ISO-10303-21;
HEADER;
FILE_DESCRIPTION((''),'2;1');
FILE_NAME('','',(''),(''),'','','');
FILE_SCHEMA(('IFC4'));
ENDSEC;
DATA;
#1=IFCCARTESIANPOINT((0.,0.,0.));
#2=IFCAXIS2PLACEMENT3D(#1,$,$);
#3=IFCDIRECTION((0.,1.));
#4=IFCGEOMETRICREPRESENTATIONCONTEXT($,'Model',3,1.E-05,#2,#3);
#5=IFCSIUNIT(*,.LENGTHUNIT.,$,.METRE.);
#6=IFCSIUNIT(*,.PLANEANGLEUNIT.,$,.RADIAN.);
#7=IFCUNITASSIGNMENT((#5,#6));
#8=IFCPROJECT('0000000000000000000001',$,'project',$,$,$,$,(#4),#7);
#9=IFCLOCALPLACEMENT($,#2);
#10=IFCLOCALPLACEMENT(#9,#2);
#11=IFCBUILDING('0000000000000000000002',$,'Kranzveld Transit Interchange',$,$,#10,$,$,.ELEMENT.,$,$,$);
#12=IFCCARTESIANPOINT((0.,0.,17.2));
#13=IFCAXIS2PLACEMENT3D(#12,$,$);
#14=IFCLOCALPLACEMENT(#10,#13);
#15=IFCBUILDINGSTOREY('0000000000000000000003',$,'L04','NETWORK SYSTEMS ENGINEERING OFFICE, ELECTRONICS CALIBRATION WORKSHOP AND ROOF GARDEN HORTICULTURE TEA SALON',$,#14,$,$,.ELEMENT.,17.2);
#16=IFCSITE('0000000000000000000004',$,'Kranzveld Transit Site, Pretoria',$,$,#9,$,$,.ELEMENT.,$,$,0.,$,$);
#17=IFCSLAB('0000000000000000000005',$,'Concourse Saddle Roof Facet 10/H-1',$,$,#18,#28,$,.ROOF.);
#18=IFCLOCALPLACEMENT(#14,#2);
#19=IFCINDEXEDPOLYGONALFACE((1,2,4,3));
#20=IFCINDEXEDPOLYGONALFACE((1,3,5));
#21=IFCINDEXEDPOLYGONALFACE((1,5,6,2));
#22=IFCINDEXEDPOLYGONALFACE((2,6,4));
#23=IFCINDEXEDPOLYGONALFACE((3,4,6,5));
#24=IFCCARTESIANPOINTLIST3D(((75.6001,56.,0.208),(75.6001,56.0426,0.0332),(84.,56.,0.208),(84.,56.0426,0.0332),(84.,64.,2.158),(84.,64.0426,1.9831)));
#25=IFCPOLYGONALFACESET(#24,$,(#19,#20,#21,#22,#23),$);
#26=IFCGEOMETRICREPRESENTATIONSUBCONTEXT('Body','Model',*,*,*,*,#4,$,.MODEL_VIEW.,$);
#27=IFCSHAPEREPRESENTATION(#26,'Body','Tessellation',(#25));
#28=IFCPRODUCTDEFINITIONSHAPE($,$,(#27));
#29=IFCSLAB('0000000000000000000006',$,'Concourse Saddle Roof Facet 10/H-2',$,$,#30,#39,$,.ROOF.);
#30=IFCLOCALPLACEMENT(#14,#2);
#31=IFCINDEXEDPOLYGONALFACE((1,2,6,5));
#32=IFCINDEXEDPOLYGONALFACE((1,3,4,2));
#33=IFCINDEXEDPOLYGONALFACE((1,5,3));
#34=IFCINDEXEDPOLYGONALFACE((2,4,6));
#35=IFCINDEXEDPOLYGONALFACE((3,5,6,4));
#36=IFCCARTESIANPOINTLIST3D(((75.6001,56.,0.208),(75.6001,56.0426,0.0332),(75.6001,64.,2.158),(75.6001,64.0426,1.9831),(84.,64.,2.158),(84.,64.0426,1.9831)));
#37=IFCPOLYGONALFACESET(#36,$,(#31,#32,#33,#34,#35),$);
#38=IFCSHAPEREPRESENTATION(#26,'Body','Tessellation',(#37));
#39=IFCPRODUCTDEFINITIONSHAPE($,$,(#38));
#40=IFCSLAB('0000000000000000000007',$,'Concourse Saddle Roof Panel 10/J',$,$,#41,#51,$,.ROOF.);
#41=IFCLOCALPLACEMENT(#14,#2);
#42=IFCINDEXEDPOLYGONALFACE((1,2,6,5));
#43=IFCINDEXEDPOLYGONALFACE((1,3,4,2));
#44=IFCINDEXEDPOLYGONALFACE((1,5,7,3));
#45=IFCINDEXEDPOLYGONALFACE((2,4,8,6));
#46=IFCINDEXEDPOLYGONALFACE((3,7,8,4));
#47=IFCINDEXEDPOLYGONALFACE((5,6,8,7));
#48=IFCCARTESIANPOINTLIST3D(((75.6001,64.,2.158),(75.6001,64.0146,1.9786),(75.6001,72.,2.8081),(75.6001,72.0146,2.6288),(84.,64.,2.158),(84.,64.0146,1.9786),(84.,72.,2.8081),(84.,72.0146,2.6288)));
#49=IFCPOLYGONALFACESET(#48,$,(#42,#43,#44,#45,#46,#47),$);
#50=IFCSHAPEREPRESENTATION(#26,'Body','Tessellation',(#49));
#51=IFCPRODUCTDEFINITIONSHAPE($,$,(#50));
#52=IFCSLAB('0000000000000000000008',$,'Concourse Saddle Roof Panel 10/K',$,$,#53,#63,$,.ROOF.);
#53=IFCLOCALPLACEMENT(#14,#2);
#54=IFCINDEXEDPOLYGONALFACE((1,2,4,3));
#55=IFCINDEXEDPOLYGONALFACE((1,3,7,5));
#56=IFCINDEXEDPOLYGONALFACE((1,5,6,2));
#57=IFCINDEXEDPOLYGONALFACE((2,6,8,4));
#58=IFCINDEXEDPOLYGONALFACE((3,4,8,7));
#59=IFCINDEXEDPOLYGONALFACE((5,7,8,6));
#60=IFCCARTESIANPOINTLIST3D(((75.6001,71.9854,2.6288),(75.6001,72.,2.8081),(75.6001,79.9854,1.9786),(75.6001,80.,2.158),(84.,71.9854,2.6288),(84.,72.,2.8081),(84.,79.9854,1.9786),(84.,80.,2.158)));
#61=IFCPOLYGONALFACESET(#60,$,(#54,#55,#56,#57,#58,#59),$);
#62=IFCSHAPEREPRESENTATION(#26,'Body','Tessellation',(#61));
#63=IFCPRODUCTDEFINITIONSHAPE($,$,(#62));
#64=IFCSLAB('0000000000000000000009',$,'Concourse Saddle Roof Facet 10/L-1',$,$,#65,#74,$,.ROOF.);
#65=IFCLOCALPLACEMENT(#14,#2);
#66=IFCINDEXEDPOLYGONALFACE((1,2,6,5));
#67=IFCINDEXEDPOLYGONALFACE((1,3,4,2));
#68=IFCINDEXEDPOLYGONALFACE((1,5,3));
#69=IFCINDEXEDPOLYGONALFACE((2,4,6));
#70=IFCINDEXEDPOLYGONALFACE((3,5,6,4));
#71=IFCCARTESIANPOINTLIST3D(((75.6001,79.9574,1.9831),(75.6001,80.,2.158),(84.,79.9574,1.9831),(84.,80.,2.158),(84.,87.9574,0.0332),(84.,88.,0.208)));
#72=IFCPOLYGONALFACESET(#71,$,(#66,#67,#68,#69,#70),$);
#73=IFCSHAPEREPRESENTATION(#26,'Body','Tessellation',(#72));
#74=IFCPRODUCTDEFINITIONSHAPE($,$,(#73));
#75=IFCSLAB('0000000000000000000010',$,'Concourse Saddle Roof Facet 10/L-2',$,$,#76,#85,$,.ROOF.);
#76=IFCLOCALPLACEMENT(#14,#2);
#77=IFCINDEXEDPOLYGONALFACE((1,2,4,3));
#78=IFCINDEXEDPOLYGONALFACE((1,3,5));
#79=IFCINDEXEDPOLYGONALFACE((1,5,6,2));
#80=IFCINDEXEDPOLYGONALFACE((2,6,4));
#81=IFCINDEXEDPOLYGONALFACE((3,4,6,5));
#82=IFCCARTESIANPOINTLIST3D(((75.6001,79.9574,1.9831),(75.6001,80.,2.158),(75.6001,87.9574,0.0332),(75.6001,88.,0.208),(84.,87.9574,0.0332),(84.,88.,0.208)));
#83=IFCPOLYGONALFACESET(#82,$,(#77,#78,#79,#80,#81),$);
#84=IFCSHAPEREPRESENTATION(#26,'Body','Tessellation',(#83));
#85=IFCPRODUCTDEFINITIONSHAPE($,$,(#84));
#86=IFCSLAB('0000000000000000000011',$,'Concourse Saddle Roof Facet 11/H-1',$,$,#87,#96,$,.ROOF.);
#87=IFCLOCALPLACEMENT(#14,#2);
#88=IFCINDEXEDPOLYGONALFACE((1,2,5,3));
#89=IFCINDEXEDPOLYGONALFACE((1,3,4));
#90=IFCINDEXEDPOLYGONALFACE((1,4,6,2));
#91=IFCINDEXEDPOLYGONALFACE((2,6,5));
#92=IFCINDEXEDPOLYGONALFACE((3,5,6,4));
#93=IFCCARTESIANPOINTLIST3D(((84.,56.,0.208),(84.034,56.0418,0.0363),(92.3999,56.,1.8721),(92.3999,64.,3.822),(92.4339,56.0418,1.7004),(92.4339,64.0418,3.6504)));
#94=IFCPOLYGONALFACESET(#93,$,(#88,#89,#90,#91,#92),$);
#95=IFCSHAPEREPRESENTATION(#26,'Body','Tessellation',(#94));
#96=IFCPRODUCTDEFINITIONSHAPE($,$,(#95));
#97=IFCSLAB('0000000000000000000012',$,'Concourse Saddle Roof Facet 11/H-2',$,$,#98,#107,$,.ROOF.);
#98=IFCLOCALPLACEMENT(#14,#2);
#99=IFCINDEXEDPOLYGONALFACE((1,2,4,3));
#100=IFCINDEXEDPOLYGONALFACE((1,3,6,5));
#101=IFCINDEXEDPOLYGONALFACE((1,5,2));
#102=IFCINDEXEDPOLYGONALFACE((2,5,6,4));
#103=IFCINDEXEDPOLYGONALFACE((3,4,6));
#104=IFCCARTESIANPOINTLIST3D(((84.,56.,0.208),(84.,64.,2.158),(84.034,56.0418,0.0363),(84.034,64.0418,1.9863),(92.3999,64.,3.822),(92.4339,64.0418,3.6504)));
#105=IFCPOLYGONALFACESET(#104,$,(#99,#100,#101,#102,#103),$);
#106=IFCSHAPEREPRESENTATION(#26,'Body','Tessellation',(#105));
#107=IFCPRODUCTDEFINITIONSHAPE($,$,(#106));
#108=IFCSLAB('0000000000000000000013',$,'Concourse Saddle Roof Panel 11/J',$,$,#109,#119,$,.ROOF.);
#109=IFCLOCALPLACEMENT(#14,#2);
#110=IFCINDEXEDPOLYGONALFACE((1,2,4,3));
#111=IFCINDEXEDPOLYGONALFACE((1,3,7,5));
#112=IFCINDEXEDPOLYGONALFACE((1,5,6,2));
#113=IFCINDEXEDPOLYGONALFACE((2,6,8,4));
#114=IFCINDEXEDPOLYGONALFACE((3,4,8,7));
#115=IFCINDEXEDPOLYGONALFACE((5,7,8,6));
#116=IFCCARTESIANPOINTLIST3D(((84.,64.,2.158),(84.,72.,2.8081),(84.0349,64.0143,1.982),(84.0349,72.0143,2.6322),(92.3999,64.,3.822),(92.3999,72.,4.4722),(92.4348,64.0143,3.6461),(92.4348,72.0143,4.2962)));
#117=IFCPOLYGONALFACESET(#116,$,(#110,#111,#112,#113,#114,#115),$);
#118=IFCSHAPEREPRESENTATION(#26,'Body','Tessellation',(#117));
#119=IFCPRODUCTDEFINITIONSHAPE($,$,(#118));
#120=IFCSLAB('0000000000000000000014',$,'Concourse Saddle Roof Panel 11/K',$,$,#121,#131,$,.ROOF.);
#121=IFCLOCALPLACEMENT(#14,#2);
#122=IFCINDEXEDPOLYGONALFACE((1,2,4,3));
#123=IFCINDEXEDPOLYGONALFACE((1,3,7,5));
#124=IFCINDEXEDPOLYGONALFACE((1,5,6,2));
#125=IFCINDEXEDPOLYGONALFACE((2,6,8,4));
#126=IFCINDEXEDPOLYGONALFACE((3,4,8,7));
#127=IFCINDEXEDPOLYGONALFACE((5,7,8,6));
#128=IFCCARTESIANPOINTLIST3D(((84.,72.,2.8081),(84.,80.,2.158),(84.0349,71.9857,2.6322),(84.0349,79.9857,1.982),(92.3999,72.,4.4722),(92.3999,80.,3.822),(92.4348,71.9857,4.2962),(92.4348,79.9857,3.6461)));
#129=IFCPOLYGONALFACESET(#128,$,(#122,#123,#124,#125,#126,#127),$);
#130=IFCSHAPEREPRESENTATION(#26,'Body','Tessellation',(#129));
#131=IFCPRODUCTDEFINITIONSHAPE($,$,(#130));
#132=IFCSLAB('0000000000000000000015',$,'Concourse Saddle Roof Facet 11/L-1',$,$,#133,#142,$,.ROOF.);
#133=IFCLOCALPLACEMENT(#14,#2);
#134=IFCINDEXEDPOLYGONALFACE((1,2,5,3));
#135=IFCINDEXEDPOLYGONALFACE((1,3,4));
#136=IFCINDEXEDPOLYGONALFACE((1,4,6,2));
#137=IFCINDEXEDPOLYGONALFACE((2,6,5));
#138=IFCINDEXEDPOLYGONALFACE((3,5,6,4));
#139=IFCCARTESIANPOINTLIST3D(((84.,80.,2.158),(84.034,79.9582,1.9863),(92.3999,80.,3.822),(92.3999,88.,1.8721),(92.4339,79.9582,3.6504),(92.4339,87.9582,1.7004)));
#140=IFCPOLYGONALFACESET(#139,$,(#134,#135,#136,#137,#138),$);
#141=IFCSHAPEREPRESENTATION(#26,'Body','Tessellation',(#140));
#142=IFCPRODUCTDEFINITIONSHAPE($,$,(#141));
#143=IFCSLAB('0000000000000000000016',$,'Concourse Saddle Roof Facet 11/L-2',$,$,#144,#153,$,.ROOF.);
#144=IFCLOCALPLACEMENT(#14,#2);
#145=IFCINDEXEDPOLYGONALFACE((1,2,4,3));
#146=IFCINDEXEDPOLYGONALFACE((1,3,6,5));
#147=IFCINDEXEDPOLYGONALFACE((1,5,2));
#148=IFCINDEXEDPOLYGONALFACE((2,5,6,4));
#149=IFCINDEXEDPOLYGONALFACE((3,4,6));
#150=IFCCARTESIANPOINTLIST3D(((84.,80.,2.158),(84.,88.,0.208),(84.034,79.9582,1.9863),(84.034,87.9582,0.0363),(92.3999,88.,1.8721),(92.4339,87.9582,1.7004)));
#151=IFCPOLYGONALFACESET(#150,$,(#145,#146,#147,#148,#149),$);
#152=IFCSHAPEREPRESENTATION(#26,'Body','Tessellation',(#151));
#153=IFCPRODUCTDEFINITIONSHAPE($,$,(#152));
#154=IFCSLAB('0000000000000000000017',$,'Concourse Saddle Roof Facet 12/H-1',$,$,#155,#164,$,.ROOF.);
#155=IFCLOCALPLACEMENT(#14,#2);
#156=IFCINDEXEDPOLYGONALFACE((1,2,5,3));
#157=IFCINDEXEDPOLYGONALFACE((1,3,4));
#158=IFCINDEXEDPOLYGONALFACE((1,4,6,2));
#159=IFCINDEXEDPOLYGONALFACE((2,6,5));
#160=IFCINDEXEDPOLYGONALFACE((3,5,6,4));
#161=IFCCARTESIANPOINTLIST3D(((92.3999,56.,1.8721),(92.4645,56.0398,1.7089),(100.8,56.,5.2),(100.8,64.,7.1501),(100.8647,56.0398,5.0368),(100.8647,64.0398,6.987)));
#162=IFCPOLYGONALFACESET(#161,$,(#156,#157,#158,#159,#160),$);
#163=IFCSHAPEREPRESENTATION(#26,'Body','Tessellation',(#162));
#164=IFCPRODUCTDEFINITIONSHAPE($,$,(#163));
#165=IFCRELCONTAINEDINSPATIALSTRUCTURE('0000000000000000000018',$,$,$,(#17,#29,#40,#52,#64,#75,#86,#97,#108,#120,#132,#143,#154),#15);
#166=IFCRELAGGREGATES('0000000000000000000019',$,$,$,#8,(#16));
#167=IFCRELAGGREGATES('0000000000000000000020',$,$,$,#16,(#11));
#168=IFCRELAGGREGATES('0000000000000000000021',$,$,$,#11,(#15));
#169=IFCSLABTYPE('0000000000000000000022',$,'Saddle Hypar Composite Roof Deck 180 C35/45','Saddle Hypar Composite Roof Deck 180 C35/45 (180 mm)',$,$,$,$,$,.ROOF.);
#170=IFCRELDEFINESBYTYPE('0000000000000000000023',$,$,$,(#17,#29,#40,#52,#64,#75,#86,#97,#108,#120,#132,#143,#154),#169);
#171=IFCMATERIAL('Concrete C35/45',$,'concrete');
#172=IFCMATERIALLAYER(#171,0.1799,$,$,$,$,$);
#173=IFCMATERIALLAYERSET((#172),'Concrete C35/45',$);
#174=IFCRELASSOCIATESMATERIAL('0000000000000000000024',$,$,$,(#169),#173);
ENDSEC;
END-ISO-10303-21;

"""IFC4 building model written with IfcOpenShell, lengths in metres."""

from ifc_helpers import new_model, si_unit, direction, frame, origin, place, context, subcontext, project, spatial, polyline, outline, extrude, material, layer, layer_set, type_object, element, save


model = new_model("IFC4")

# Units and contexts
model_context = context("Model", 3, precision=1e-05, world=origin(), true_north=direction((0.0, 1.0)))
body_context = subcontext(model_context, "Body", "Model", "MODEL_VIEW")
ifc_project = project(units=[si_unit("LENGTHUNIT", "METRE"), si_unit("PLANEANGLEUNIT", "RADIAN")], contexts=[model_context])

# Site, building, storey
site_placement = place(None, origin())
site = spatial("IfcSite", under=ifc_project, at=site_placement, Name="Kranzveld Transit Site, Pretoria", CompositionType="ELEMENT", RefElevation=0.0)
building_placement = place(site_placement, origin())
building = spatial("IfcBuilding", under=site, at=building_placement, Name="Kranzveld Transit Interchange", CompositionType="ELEMENT")
storey_placement = place(building_placement, frame((0.0, 0.0, 17.2)))
storey = spatial("IfcBuildingStorey", under=building, at=storey_placement, Name="L04", Description="NETWORK SYSTEMS ENGINEERING OFFICE, ELECTRONICS CALIBRATION WORKSHOP AND ROOF GARDEN HORTICULTURE TEA SALON", CompositionType="ELEMENT", Elevation=17.2)

# Slabs
ifc_material_1 = material(Name="Concrete C35/45", Category="concrete")
ifc_layer_1 = layer(ifc_material_1, 0.1799)
ifc_layer_set_1 = layer_set([ifc_layer_1], Name="Concrete C35/45")
slab_type = type_object("IfcSlabType", Name="Saddle Hypar Composite Roof Deck 180 C35/45", Description="Saddle Hypar Composite Roof Deck 180 C35/45 (180 mm)", PredefinedType="ROOF", material=ifc_layer_set_1)
slab_1_placement = place(storey_placement, frame((75.6001, 56.0, 0.208), z_axis=(0.0, -0.236811, 0.971556), x_axis=(1.0, 0.0, 0.0)))
element("IfcSlab", 1, at=slab_1_placement, inside=storey, type_object=slab_type, Name="Concourse Saddle Roof Facet 10/H-1", PredefinedType="ROOF", context=body_context, shape_type="SweptSolid", body=[
    extrude(outline(polyline([(0.0, 0.0), (8.3999, 0.0), (8.3999, 8.2342), (0.0, 0.0)])), origin(), (0.0, 0.0, -1.0), 0.1799),
])
slab_2_placement = place(storey_placement, frame((75.6001, 56.0, 0.208), z_axis=(0.0, -0.236811, 0.971556), x_axis=(0.714115, 0.680117, 0.165774)))
element("IfcSlab", 2, at=slab_2_placement, inside=storey, type_object=slab_type, Name="Concourse Saddle Roof Facet 10/H-2", PredefinedType="ROOF", context=body_context, shape_type="SweptSolid", body=[
    extrude(outline(polyline([(0.0, 0.0), (11.7627, 0.0), (5.7642, 5.8802), (0.0, 0.0)])), origin(), (0.0, 0.0, -1.0), 0.1799),
])
for number, where, z_axis, x_axis, name in (
    (3, (75.6001, 64.0, 2.158), (0.0, -0.081001, 0.996714), (1.0, 0.0, 0.0), "Concourse Saddle Roof Panel 10/J"),
    (4, (75.6001, 72.0, 2.8081), (0.0, 0.081001, 0.996714), (1.0, 0.0, 0.0), "Concourse Saddle Roof Panel 10/K"),
):
    element("IfcSlab", number, at=place(storey_placement, frame(where, z_axis=z_axis, x_axis=x_axis)), inside=storey, type_object=slab_type, Name=name, PredefinedType="ROOF", context=body_context, shape_type="SweptSolid", body=[
        extrude(outline(polyline([(0.0, 0.0), (8.3999, 0.0), (8.3999, 8.0264), (0.0, 8.0264), (0.0, 0.0)])), origin(), (0.0, 0.0, -1.0), 0.1799),
    ])
slab_3_placement = place(storey_placement, frame((75.6001, 80.0, 2.158), z_axis=(0.0, 0.236811, 0.971556), x_axis=(1.0, 0.0, 0.0)))
element("IfcSlab", 5, at=slab_3_placement, inside=storey, type_object=slab_type, Name="Concourse Saddle Roof Facet 10/L-1", PredefinedType="ROOF", context=body_context, shape_type="SweptSolid", body=[
    extrude(outline(polyline([(0.0, 0.0), (8.3999, 0.0), (8.3999, 8.2342), (0.0, 0.0)])), origin(), (0.0, 0.0, -1.0), 0.1799),
])
slab_4_placement = place(storey_placement, frame((75.6001, 80.0, 2.158), z_axis=(0.0, 0.236811, 0.971556), x_axis=(0.714115, 0.680117, -0.165774)))
element("IfcSlab", 6, at=slab_4_placement, inside=storey, type_object=slab_type, Name="Concourse Saddle Roof Facet 10/L-2", PredefinedType="ROOF", context=body_context, shape_type="SweptSolid", body=[
    extrude(outline(polyline([(0.0, 0.0), (11.7627, 0.0), (5.7642, 5.8802), (0.0, 0.0)])), origin(), (0.0, 0.0, -1.0), 0.1799),
])
slab_5_placement = place(storey_placement, frame((84.0, 56.0, 0.208), z_axis=(-0.189001, -0.232543, 0.954045), x_axis=(0.980937, 0.0, 0.194328)))
element("IfcSlab", 7, at=slab_5_placement, inside=storey, type_object=slab_type, Name="Concourse Saddle Roof Facet 11/H-1", PredefinedType="ROOF", context=body_context, shape_type="SweptSolid", body=[
    extrude(outline(polyline([(0.0, 0.0), (8.5631, 0.0), (8.9421, 8.2255), (0.0, 0.0)])), origin(), (0.0, 0.0, -1.0), 0.1799),
])
slab_6_placement = place(storey_placement, frame((84.0, 56.0, 0.208), z_axis=(-0.189001, -0.232543, 0.954045), x_axis=(0.691357, 0.658443, 0.297453)))
element("IfcSlab", 8, at=slab_6_placement, inside=storey, type_object=slab_type, Name="Concourse Saddle Roof Facet 11/H-2", PredefinedType="ROOF", context=body_context, shape_type="SweptSolid", body=[
    extrude(outline(polyline([(0.0, 0.0), (12.1499, 0.0), (5.8476, 5.7973), (0.0, 0.0)])), origin(), (0.0, 0.0, -1.0), 0.1799),
])
slab_7_placement = place(storey_placement, frame((84.0, 64.0, 2.158), z_axis=(-0.193714, -0.079467, 0.977834), x_axis=(0.980937, 0.0, 0.194328)))
element("IfcSlab", 9, at=slab_7_placement, inside=storey, type_object=slab_type, Name="Concourse Saddle Roof Panel 11/J", PredefinedType="ROOF", context=body_context, shape_type="SweptSolid", body=[
    extrude(outline(polyline([(0.0, 0.0), (8.5631, 0.0), (8.6895, 8.0254), (0.1263, 8.0254), (0.0, 0.0)])), origin(), (0.0, 0.0, -1.0), 0.1799),
])
slab_8_placement = place(storey_placement, frame((84.0, 72.0, 2.8081), z_axis=(-0.193714, 0.079467, 0.977834), x_axis=(0.980937, 0.0, 0.194328)))
element("IfcSlab", 10, at=slab_8_placement, inside=storey, type_object=slab_type, Name="Concourse Saddle Roof Panel 11/K", PredefinedType="ROOF", context=body_context, shape_type="SweptSolid", body=[
    extrude(outline(polyline([(0.0, 0.0), (8.5631, 0.0), (8.4368, 8.0254), (-0.1263, 8.0254), (0.0, 0.0)])), origin(), (0.0, 0.0, -1.0), 0.1799),
])
slab_9_placement = place(storey_placement, frame((84.0, 80.0, 2.158), z_axis=(-0.189001, 0.232543, 0.954045), x_axis=(0.980937, 0.0, 0.194328)))
element("IfcSlab", 11, at=slab_9_placement, inside=storey, type_object=slab_type, Name="Concourse Saddle Roof Facet 11/L-1", PredefinedType="ROOF", context=body_context, shape_type="SweptSolid", body=[
    extrude(outline(polyline([(0.0, 0.0), (8.5631, 0.0), (8.1842, 8.2255), (0.0, 0.0)])), origin(), (0.0, 0.0, -1.0), 0.1799),
])
slab_10_placement = place(storey_placement, frame((84.0, 80.0, 2.158), z_axis=(-0.189001, 0.232543, 0.954045), x_axis=(0.723914, 0.68945, -0.024638)))
element("IfcSlab", 12, at=slab_10_placement, inside=storey, type_object=slab_type, Name="Concourse Saddle Roof Facet 11/L-2", PredefinedType="ROOF", context=body_context, shape_type="SweptSolid", body=[
    extrude(outline(polyline([(0.0, 0.0), (11.6035, 0.0), (5.5636, 6.0703), (0.0, 0.0)])), origin(), (0.0, 0.0, -1.0), 0.1799),
])
slab_11_placement = place(storey_placement, frame((92.3999, 56.0, 1.8721), z_axis=(-0.359209, -0.221032, 0.906705), x_axis=(0.9297, 0.0, 0.368319)))
element("IfcSlab", 13, at=slab_11_placement, inside=storey, type_object=slab_type, Name="Concourse Saddle Roof Facet 12/H-1", PredefinedType="ROOF", context=body_context, shape_type="SweptSolid", body=[
    extrude(outline(polyline([(0.0, 0.0), (9.0353, 0.0), (9.7536, 8.2029), (0.0, 0.0)])), origin(), (0.0, 0.0, -1.0), 0.1799),
])

save(model, "model.ifc")
